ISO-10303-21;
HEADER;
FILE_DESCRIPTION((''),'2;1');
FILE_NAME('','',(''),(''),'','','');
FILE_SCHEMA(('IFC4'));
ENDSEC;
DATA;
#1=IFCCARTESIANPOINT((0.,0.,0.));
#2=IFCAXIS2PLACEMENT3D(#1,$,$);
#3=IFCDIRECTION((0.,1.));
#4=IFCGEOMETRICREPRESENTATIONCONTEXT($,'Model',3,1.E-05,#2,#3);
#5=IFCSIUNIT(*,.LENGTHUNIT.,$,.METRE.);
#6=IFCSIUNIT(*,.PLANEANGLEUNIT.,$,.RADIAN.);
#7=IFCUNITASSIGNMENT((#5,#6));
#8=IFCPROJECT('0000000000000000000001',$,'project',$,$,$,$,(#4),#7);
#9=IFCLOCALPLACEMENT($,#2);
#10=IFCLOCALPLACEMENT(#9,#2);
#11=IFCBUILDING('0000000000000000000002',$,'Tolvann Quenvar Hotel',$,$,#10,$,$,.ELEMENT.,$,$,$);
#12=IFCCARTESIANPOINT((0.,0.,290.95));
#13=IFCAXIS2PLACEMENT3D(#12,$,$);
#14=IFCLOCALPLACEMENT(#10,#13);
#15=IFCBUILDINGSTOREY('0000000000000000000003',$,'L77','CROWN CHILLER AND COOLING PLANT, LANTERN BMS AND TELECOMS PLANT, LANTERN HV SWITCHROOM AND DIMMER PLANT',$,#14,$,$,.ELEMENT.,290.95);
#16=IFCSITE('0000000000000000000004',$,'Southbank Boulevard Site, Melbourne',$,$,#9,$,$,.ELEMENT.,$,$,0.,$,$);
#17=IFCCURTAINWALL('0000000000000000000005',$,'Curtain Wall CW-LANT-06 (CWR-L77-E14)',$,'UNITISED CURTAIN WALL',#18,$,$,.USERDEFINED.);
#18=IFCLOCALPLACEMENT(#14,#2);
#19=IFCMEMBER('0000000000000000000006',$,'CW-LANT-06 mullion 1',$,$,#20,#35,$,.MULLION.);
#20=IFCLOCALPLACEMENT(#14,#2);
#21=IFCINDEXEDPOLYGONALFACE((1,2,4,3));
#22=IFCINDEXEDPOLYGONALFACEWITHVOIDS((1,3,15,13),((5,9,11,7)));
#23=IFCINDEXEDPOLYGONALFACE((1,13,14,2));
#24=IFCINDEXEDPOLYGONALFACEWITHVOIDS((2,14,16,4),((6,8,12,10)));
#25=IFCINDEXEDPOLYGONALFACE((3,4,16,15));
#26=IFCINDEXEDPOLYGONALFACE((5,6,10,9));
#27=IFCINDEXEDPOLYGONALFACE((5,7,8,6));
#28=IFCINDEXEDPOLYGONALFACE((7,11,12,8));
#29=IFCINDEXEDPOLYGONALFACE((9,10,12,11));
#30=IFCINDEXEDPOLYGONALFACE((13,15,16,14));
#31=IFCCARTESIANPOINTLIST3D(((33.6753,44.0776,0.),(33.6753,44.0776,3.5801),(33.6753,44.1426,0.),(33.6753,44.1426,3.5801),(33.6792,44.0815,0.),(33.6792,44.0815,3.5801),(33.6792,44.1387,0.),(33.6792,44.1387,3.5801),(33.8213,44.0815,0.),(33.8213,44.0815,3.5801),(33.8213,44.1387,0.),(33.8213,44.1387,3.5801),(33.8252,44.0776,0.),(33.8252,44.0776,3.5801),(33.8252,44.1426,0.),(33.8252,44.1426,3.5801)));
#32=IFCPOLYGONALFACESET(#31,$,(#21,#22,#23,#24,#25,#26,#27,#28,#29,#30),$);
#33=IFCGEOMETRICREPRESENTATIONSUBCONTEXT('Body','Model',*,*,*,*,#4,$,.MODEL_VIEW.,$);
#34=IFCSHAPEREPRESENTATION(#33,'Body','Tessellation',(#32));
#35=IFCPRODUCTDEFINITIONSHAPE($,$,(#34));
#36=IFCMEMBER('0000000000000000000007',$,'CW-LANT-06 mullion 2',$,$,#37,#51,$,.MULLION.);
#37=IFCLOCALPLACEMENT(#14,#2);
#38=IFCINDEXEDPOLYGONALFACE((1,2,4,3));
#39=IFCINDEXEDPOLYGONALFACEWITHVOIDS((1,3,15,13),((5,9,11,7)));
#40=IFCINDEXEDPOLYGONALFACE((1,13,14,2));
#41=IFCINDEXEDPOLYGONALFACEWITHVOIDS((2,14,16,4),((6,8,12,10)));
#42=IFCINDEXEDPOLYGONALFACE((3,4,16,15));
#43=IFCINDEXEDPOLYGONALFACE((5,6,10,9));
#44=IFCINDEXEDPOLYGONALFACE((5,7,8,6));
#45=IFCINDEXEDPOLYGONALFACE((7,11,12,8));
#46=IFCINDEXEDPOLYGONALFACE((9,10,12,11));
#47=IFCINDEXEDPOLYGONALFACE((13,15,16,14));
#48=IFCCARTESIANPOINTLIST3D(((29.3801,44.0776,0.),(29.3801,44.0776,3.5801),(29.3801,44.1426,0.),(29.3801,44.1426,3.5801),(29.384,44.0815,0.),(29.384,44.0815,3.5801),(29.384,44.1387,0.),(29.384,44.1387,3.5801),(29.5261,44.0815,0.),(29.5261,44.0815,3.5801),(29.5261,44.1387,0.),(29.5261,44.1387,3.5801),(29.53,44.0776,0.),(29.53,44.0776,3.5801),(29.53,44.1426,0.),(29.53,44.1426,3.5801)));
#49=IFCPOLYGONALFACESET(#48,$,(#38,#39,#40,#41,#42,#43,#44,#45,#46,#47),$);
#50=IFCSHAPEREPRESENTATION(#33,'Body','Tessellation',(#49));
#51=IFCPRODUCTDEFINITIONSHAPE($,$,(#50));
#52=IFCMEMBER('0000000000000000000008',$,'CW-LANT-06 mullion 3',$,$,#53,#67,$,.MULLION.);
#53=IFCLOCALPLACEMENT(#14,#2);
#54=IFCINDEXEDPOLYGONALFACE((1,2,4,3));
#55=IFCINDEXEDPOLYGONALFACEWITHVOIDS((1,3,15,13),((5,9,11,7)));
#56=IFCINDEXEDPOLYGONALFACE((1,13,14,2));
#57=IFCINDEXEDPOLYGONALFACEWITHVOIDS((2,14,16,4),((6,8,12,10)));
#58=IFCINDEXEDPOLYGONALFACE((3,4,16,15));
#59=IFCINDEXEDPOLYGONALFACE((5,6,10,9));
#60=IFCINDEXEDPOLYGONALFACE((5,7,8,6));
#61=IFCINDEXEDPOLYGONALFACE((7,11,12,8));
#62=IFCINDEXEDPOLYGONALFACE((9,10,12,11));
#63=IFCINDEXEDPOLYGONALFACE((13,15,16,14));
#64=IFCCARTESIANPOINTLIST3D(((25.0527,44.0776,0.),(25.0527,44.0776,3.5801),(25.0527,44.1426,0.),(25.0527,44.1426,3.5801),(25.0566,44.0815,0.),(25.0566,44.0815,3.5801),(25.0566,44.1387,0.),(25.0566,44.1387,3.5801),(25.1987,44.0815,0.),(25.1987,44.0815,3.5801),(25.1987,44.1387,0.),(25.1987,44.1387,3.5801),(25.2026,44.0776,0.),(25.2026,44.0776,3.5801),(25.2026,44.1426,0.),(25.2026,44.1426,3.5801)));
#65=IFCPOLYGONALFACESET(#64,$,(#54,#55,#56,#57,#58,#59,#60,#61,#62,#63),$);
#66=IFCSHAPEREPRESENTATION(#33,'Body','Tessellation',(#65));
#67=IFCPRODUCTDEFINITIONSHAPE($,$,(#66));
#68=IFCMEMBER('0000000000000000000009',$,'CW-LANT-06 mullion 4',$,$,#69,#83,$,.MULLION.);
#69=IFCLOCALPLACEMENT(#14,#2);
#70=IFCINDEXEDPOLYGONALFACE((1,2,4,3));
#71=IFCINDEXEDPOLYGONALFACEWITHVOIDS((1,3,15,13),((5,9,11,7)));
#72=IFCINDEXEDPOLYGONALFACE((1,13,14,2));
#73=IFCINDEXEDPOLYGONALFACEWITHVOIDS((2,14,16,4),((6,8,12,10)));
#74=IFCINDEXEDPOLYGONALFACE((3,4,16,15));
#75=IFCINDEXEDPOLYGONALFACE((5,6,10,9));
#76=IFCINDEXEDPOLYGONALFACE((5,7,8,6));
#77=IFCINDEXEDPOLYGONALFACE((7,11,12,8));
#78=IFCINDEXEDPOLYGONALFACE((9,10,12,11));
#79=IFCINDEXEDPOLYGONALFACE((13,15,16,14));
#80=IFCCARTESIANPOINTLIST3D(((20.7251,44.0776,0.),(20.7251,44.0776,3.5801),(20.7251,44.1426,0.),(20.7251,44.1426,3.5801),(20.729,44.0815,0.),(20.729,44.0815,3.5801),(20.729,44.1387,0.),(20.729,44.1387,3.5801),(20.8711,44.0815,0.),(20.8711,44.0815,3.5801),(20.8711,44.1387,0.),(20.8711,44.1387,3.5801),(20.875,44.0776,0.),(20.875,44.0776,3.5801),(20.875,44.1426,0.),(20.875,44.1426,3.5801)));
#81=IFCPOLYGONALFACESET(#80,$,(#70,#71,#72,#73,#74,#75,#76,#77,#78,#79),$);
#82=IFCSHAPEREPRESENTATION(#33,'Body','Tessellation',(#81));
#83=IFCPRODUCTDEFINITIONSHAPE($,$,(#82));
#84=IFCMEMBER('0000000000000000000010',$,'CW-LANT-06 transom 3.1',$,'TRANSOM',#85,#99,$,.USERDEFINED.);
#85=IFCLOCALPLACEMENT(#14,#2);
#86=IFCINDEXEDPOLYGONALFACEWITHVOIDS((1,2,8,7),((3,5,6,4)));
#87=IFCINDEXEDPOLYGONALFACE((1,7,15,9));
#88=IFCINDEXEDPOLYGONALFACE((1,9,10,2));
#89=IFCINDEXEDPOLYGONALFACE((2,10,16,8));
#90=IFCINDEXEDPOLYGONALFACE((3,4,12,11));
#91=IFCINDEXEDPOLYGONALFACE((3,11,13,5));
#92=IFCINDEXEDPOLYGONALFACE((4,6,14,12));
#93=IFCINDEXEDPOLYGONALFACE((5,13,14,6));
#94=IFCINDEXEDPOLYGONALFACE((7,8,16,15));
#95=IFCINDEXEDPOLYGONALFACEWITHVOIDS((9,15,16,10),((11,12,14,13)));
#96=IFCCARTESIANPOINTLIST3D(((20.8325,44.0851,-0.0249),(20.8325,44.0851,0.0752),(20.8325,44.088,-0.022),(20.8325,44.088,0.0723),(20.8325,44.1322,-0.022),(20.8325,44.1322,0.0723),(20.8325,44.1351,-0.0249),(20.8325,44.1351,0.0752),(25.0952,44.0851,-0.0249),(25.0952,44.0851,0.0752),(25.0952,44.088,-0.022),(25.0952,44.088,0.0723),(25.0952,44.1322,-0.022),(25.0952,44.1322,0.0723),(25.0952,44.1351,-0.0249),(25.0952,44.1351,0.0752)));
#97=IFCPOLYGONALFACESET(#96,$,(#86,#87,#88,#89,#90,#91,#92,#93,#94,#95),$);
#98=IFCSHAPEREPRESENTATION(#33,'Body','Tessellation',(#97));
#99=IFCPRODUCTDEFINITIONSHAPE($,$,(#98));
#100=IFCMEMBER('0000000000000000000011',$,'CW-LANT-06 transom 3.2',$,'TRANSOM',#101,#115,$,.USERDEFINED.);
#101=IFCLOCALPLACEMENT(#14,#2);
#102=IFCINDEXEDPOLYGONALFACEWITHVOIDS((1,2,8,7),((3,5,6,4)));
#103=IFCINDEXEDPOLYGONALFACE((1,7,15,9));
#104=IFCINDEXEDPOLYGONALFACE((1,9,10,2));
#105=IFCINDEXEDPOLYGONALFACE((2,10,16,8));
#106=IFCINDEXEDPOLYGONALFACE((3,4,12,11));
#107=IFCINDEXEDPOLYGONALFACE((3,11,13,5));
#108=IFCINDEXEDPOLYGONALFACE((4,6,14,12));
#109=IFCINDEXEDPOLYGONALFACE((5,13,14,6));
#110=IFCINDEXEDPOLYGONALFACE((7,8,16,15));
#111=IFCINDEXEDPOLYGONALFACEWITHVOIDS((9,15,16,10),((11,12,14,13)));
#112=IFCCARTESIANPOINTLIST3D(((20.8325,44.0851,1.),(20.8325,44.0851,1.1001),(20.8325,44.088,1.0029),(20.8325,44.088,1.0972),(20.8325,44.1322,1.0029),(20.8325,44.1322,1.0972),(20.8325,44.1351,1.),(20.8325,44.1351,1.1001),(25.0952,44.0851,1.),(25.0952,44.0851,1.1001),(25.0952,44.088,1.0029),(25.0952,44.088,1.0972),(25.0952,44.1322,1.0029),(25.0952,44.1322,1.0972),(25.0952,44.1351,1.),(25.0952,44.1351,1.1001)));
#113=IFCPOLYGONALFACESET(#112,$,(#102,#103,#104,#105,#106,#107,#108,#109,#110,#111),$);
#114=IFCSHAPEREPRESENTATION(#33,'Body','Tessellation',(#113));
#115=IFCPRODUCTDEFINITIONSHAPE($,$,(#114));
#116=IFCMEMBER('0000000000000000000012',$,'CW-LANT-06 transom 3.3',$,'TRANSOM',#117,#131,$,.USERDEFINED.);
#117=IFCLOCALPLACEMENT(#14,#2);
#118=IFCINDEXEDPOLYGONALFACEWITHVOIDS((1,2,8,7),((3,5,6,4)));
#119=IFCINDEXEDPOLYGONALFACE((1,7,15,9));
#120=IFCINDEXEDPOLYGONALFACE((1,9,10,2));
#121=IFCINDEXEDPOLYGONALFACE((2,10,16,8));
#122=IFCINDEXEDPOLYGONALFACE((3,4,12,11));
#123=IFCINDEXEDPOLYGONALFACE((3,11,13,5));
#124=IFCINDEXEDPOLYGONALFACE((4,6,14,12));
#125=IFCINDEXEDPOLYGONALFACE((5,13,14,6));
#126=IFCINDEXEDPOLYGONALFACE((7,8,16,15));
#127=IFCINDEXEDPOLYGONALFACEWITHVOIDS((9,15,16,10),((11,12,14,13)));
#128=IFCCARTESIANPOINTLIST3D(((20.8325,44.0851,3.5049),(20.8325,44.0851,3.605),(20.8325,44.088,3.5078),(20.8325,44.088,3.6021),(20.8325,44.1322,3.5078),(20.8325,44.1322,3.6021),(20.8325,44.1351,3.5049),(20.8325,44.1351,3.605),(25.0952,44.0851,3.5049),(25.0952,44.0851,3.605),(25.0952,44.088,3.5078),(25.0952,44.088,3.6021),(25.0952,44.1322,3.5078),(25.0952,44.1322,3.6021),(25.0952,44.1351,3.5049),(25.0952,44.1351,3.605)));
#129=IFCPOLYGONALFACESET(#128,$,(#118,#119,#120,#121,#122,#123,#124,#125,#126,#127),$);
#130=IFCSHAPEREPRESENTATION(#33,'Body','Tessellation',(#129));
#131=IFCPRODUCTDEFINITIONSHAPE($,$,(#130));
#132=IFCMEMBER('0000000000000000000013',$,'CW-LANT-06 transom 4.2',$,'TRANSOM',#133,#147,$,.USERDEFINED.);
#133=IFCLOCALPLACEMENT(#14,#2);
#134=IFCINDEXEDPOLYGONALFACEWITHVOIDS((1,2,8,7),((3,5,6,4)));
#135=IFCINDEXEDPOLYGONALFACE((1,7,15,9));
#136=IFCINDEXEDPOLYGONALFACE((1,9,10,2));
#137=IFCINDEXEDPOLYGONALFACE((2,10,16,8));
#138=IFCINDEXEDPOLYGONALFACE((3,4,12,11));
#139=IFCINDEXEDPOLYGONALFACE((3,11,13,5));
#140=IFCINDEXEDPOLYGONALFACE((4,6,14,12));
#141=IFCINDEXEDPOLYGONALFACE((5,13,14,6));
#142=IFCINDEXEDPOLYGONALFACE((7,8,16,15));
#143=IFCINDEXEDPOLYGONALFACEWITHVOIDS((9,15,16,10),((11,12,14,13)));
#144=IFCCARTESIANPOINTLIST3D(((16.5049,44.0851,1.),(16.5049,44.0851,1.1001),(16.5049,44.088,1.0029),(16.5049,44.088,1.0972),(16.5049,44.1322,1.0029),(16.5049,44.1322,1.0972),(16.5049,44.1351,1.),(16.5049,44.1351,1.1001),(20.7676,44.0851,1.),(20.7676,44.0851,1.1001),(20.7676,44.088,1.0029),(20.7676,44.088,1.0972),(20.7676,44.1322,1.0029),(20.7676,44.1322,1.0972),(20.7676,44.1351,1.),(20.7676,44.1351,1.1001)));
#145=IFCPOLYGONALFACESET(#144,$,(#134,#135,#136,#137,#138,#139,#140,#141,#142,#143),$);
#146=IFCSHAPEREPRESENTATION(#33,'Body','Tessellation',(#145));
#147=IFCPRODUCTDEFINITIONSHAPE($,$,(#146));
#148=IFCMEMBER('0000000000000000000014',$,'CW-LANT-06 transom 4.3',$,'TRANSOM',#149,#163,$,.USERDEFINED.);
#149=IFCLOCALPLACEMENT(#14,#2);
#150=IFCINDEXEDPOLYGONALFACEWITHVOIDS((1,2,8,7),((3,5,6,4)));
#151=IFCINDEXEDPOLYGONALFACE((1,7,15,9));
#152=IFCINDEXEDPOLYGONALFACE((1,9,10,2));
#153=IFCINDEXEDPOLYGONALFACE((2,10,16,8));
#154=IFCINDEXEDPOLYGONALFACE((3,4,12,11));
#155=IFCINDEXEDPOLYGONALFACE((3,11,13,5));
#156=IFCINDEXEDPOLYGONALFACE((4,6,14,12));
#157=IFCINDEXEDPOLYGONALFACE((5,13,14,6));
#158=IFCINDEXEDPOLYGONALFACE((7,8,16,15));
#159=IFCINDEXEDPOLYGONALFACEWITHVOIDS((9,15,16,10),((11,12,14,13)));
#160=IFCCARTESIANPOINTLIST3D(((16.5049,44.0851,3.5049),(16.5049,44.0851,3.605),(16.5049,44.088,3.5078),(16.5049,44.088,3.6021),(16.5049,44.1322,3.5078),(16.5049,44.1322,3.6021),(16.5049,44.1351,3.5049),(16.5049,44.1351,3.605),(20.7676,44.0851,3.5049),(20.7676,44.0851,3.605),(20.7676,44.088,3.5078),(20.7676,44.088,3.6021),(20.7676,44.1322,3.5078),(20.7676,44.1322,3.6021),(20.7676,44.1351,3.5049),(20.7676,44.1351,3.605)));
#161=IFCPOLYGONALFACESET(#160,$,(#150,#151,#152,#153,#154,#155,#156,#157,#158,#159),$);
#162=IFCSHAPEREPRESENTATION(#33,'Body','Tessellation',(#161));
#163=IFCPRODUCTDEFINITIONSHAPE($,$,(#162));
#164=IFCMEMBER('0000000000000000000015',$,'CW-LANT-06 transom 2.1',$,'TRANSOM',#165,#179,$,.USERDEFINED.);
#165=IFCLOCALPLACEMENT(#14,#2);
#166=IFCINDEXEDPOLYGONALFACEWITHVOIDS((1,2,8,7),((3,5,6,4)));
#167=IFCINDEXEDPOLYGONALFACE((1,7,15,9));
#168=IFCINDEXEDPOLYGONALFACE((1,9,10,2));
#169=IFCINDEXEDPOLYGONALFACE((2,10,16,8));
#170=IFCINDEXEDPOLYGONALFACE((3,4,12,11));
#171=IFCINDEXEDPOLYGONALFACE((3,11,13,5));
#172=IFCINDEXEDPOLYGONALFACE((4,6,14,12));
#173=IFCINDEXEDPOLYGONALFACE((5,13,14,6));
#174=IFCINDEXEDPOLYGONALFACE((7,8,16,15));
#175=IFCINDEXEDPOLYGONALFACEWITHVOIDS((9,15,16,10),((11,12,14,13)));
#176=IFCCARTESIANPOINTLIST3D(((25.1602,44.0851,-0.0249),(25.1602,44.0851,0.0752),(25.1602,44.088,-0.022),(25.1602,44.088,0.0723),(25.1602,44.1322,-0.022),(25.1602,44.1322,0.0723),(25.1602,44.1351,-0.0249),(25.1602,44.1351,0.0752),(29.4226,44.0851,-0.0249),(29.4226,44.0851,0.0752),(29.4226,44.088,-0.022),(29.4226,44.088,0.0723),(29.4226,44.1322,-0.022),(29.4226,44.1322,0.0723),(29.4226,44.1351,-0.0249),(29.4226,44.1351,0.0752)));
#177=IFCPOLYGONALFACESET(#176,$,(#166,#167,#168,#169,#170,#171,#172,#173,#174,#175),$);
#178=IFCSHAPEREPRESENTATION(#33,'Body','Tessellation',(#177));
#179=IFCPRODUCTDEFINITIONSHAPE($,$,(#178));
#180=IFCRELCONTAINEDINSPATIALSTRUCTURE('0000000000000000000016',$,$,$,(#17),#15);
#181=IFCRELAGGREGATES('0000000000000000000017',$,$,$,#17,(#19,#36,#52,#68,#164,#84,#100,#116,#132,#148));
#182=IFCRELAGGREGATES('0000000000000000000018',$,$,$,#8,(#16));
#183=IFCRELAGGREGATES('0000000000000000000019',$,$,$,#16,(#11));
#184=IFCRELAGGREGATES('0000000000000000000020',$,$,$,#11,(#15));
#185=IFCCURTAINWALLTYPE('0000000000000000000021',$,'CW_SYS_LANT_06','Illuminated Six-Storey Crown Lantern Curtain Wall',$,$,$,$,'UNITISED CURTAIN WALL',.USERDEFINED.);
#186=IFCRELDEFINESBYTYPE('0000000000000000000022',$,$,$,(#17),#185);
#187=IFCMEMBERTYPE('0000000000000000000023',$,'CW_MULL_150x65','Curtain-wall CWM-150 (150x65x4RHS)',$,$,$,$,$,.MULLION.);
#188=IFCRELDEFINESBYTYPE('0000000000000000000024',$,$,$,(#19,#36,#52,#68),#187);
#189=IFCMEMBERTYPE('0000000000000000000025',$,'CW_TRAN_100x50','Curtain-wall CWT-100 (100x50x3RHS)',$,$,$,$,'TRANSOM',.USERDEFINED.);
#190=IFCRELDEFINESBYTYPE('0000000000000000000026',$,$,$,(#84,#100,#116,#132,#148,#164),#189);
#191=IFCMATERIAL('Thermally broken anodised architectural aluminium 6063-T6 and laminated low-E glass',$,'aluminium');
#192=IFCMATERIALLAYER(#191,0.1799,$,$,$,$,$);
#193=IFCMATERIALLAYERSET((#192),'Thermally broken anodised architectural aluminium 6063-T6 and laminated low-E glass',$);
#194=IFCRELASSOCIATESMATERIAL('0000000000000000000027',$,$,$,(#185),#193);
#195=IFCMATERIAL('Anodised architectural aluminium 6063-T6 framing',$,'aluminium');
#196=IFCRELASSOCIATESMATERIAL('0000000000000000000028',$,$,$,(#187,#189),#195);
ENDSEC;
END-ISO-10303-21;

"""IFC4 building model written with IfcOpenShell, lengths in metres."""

from ifc_helpers import new_model, si_unit, direction, frame, origin, origin_2d, place, context, subcontext, project, spatial, hollow_rectangle, extrude, source, transform, mapped, material, layer, layer_set, material_profile, profile_set, type_object, type_shapes, element, aggregate, save


model = new_model("IFC4")

# Units and contexts
model_context = context("Model", 3, precision=1e-05, world=origin(), true_north=direction((0.0, 1.0)))
body_context = subcontext(model_context, "Body", "Model", "MODEL_VIEW")
ifc_project = project(units=[si_unit("LENGTHUNIT", "METRE"), si_unit("PLANEANGLEUNIT", "RADIAN")], contexts=[model_context])

# Site, building, storey
site_placement = place(None, origin())
site = spatial("IfcSite", under=ifc_project, at=site_placement, Name="Southbank Boulevard Site, Melbourne", CompositionType="ELEMENT", RefElevation=0.0)
building_placement = place(site_placement, origin())
building = spatial("IfcBuilding", under=site, at=building_placement, Name="Tolvann Quenvar Hotel", CompositionType="ELEMENT")
storey_placement = place(building_placement, frame((0.0, 0.0, 290.95)))
storey = spatial("IfcBuildingStorey", under=building, at=storey_placement, Name="L77", Description="CROWN CHILLER AND COOLING PLANT, LANTERN BMS AND TELECOMS PLANT, LANTERN HV SWITCHROOM AND DIMMER PLANT", CompositionType="ELEMENT", Elevation=290.95)

# Curtain wall, members
ifc_material_1 = material(Name="Thermally broken anodised architectural aluminium 6063-T6 and laminated low-E glass", Category="aluminium")
ifc_layer_1 = layer(ifc_material_1, 0.1799)
ifc_layer_set_1 = layer_set([ifc_layer_1], Name="Thermally broken anodised architectural aluminium 6063-T6 and laminated low-E glass")
curtain_wall_type = type_object("IfcCurtainWallType", Name="CW_SYS_LANT_06", Description="Illuminated Six-Storey Crown Lantern Curtain Wall", ElementType="UNITISED CURTAIN WALL", PredefinedType="USERDEFINED", material=ifc_layer_set_1)
curtain_wall_placement = place(storey_placement, origin())
curtain_wall = element("IfcCurtainWall", 1, at=curtain_wall_placement, inside=storey, type_object=curtain_wall_type, Name="Curtain Wall CW-LANT-06 (CWR-L77-E14)", ObjectType="UNITISED CURTAIN WALL", PredefinedType="USERDEFINED")
ifc_material_2 = material(Name="Anodised architectural aluminium 6063-T6 framing", Category="aluminium")
ifc_material_profile_1 = material_profile(ifc_material_2, hollow_rectangle(XDim=0.0649, YDim=0.1499, WallThickness=0.0039, at=origin_2d()), Name="150x65x4RHS")
ifc_profile_set_1 = profile_set([ifc_material_profile_1], Name="Anodised architectural aluminium 6063-T6 framing")
member_type_1 = type_object("IfcMemberType", Name="CW_MULL_150x65", Description="Curtain-wall CWM-150 (150x65x4RHS)", PredefinedType="MULLION", material=ifc_profile_set_1)
shared_shape_1 = source(origin(), body_context, "Body", "SweptSolid", [
    extrude(hollow_rectangle(XDim=0.0649, YDim=0.1499, WallThickness=0.0039, at=origin_2d()), origin(), (0.0, 0.0, 1.0), 3.5801),
])
type_shapes(member_type_1, [shared_shape_1])
member_1_placement = place(storey_placement, frame((33.7502, 44.1101, 0.0), z_axis=(0.0, 0.0, 1.0), x_axis=(0.0, -1.0, 0.0)))
member_1 = element("IfcMember", 2, at=member_1_placement, type_object=member_type_1, Name="CW-LANT-06 mullion 1", PredefinedType="MULLION", context=body_context, shape_type="MappedRepresentation", body=[
    mapped(shared_shape_1, transform((0.0, 0.0, 0.0), x_axis=(1.0, 0.0, 0.0), y_axis=(0.0, 1.0, 0.0), z_axis=(0.0, 0.0, 1.0), scale=1.0)),
])
member_2_placement = place(storey_placement, frame((29.4551, 44.1101, 0.0), z_axis=(0.0, 0.0, 1.0), x_axis=(0.0, -1.0, 0.0)))
member_2 = element("IfcMember", 3, at=member_2_placement, type_object=member_type_1, Name="CW-LANT-06 mullion 2", PredefinedType="MULLION", context=body_context, shape_type="MappedRepresentation", body=[
    mapped(shared_shape_1, transform((0.0, 0.0, 0.0), x_axis=(1.0, 0.0, 0.0), y_axis=(0.0, 1.0, 0.0), z_axis=(0.0, 0.0, 1.0), scale=1.0)),
])
member_3_placement = place(storey_placement, frame((25.1277, 44.1101, 0.0), z_axis=(0.0, 0.0, 1.0), x_axis=(0.0, -1.0, 0.0)))
member_3 = element("IfcMember", 4, at=member_3_placement, type_object=member_type_1, Name="CW-LANT-06 mullion 3", PredefinedType="MULLION", context=body_context, shape_type="MappedRepresentation", body=[
    mapped(shared_shape_1, transform((0.0, 0.0, 0.0), x_axis=(1.0, 0.0, 0.0), y_axis=(0.0, 1.0, 0.0), z_axis=(0.0, 0.0, 1.0), scale=1.0)),
])
member_4_placement = place(storey_placement, frame((20.8, 44.1101, 0.0), z_axis=(0.0, 0.0, 1.0), x_axis=(0.0, -1.0, 0.0)))
member_4 = element("IfcMember", 5, at=member_4_placement, type_object=member_type_1, Name="CW-LANT-06 mullion 4", PredefinedType="MULLION", context=body_context, shape_type="MappedRepresentation", body=[
    mapped(shared_shape_1, transform((0.0, 0.0, 0.0), x_axis=(1.0, 0.0, 0.0), y_axis=(0.0, 1.0, 0.0), z_axis=(0.0, 0.0, 1.0), scale=1.0)),
])
ifc_material_profile_2 = material_profile(ifc_material_2, hollow_rectangle(XDim=0.05, YDim=0.1001, WallThickness=0.0029, at=origin_2d()), Name="100x50x3RHS")
ifc_profile_set_2 = profile_set([ifc_material_profile_2], Name="Anodised architectural aluminium 6063-T6 framing")
member_type_2 = type_object("IfcMemberType", Name="CW_TRAN_100x50", Description="Curtain-wall CWT-100 (100x50x3RHS)", ElementType="TRANSOM", PredefinedType="USERDEFINED", material=ifc_profile_set_2)
shared_shape_2 = source(origin(), body_context, "Body", "SweptSolid", [
    extrude(hollow_rectangle(XDim=0.05, YDim=0.1001, WallThickness=0.0029, at=origin_2d()), origin(), (0.0, 0.0, 1.0), 4.2627),
])
member_5_placement = place(storey_placement, frame((25.0952, 44.1101, 0.0251), z_axis=(-1.0, 0.0, 0.0), x_axis=(0.0, -1.0, 0.0)))
member_5 = element("IfcMember", 6, at=member_5_placement, type_object=member_type_2, Name="CW-LANT-06 transom 3.1", ObjectType="TRANSOM", PredefinedType="USERDEFINED", context=body_context, shape_type="MappedRepresentation", body=[
    mapped(shared_shape_2, transform((0.0, 0.0, 0.0), x_axis=(1.0, 0.0, 0.0), y_axis=(0.0, 1.0, 0.0), z_axis=(0.0, 0.0, 1.0), scale=1.0)),
])
member_6_placement = place(storey_placement, frame((25.0952, 44.1101, 1.05), z_axis=(-1.0, 0.0, 0.0), x_axis=(0.0, -1.0, 0.0)))
member_6 = element("IfcMember", 7, at=member_6_placement, type_object=member_type_2, Name="CW-LANT-06 transom 3.2", ObjectType="TRANSOM", PredefinedType="USERDEFINED", context=body_context, shape_type="MappedRepresentation", body=[
    mapped(shared_shape_2, transform((0.0, 0.0, 0.0), x_axis=(1.0, 0.0, 0.0), y_axis=(0.0, 1.0, 0.0), z_axis=(0.0, 0.0, 1.0), scale=1.0)),
])
member_7_placement = place(storey_placement, frame((25.0952, 44.1101, 3.5549), z_axis=(-1.0, 0.0, 0.0), x_axis=(0.0, -1.0, 0.0)))
member_7 = element("IfcMember", 8, at=member_7_placement, type_object=member_type_2, Name="CW-LANT-06 transom 3.3", ObjectType="TRANSOM", PredefinedType="USERDEFINED", context=body_context, shape_type="MappedRepresentation", body=[
    mapped(shared_shape_2, transform((0.0, 0.0, 0.0), x_axis=(1.0, 0.0, 0.0), y_axis=(0.0, 1.0, 0.0), z_axis=(0.0, 0.0, 1.0), scale=1.0)),
])
member_8_placement = place(storey_placement, frame((20.7676, 44.1101, 1.05), z_axis=(-1.0, 0.0, 0.0), x_axis=(0.0, -1.0, 0.0)))
member_8 = element("IfcMember", 9, at=member_8_placement, type_object=member_type_2, Name="CW-LANT-06 transom 4.2", ObjectType="TRANSOM", PredefinedType="USERDEFINED", context=body_context, shape_type="MappedRepresentation", body=[
    mapped(shared_shape_2, transform((0.0, 0.0, 0.0), x_axis=(1.0, 0.0, 0.0), y_axis=(0.0, 1.0, 0.0), z_axis=(0.0, 0.0, 1.0), scale=1.0)),
])
member_9_placement = place(storey_placement, frame((20.7676, 44.1101, 3.5549), z_axis=(-1.0, 0.0, 0.0), x_axis=(0.0, -1.0, 0.0)))
member_9 = element("IfcMember", 10, at=member_9_placement, type_object=member_type_2, Name="CW-LANT-06 transom 4.3", ObjectType="TRANSOM", PredefinedType="USERDEFINED", context=body_context, shape_type="MappedRepresentation", body=[
    mapped(shared_shape_2, transform((0.0, 0.0, 0.0), x_axis=(1.0, 0.0, 0.0), y_axis=(0.0, 1.0, 0.0), z_axis=(0.0, 0.0, 1.0), scale=1.0)),
])
shared_shape_3 = source(origin(), body_context, "Body", "SweptSolid", [
    extrude(hollow_rectangle(XDim=0.05, YDim=0.1001, WallThickness=0.0029, at=origin_2d()), origin(), (0.0, 0.0, 1.0), 4.2625),
])
member_10_placement = place(storey_placement, frame((29.4226, 44.1101, 0.0251), z_axis=(-1.0, 0.0, 0.0), x_axis=(0.0, -1.0, 0.0)))
member_10 = element("IfcMember", 11, at=member_10_placement, type_object=member_type_2, Name="CW-LANT-06 transom 2.1", ObjectType="TRANSOM", PredefinedType="USERDEFINED", context=body_context, shape_type="MappedRepresentation", body=[
    mapped(shared_shape_3, transform((0.0, 0.0, 0.0), x_axis=(1.0, 0.0, 0.0), y_axis=(0.0, 1.0, 0.0), z_axis=(0.0, 0.0, 1.0), scale=1.0)),
])
aggregate(curtain_wall, [member_1, member_2, member_3, member_4, member_10, member_5, member_6, member_7, member_8, member_9])

save(model, "model.ifc")
